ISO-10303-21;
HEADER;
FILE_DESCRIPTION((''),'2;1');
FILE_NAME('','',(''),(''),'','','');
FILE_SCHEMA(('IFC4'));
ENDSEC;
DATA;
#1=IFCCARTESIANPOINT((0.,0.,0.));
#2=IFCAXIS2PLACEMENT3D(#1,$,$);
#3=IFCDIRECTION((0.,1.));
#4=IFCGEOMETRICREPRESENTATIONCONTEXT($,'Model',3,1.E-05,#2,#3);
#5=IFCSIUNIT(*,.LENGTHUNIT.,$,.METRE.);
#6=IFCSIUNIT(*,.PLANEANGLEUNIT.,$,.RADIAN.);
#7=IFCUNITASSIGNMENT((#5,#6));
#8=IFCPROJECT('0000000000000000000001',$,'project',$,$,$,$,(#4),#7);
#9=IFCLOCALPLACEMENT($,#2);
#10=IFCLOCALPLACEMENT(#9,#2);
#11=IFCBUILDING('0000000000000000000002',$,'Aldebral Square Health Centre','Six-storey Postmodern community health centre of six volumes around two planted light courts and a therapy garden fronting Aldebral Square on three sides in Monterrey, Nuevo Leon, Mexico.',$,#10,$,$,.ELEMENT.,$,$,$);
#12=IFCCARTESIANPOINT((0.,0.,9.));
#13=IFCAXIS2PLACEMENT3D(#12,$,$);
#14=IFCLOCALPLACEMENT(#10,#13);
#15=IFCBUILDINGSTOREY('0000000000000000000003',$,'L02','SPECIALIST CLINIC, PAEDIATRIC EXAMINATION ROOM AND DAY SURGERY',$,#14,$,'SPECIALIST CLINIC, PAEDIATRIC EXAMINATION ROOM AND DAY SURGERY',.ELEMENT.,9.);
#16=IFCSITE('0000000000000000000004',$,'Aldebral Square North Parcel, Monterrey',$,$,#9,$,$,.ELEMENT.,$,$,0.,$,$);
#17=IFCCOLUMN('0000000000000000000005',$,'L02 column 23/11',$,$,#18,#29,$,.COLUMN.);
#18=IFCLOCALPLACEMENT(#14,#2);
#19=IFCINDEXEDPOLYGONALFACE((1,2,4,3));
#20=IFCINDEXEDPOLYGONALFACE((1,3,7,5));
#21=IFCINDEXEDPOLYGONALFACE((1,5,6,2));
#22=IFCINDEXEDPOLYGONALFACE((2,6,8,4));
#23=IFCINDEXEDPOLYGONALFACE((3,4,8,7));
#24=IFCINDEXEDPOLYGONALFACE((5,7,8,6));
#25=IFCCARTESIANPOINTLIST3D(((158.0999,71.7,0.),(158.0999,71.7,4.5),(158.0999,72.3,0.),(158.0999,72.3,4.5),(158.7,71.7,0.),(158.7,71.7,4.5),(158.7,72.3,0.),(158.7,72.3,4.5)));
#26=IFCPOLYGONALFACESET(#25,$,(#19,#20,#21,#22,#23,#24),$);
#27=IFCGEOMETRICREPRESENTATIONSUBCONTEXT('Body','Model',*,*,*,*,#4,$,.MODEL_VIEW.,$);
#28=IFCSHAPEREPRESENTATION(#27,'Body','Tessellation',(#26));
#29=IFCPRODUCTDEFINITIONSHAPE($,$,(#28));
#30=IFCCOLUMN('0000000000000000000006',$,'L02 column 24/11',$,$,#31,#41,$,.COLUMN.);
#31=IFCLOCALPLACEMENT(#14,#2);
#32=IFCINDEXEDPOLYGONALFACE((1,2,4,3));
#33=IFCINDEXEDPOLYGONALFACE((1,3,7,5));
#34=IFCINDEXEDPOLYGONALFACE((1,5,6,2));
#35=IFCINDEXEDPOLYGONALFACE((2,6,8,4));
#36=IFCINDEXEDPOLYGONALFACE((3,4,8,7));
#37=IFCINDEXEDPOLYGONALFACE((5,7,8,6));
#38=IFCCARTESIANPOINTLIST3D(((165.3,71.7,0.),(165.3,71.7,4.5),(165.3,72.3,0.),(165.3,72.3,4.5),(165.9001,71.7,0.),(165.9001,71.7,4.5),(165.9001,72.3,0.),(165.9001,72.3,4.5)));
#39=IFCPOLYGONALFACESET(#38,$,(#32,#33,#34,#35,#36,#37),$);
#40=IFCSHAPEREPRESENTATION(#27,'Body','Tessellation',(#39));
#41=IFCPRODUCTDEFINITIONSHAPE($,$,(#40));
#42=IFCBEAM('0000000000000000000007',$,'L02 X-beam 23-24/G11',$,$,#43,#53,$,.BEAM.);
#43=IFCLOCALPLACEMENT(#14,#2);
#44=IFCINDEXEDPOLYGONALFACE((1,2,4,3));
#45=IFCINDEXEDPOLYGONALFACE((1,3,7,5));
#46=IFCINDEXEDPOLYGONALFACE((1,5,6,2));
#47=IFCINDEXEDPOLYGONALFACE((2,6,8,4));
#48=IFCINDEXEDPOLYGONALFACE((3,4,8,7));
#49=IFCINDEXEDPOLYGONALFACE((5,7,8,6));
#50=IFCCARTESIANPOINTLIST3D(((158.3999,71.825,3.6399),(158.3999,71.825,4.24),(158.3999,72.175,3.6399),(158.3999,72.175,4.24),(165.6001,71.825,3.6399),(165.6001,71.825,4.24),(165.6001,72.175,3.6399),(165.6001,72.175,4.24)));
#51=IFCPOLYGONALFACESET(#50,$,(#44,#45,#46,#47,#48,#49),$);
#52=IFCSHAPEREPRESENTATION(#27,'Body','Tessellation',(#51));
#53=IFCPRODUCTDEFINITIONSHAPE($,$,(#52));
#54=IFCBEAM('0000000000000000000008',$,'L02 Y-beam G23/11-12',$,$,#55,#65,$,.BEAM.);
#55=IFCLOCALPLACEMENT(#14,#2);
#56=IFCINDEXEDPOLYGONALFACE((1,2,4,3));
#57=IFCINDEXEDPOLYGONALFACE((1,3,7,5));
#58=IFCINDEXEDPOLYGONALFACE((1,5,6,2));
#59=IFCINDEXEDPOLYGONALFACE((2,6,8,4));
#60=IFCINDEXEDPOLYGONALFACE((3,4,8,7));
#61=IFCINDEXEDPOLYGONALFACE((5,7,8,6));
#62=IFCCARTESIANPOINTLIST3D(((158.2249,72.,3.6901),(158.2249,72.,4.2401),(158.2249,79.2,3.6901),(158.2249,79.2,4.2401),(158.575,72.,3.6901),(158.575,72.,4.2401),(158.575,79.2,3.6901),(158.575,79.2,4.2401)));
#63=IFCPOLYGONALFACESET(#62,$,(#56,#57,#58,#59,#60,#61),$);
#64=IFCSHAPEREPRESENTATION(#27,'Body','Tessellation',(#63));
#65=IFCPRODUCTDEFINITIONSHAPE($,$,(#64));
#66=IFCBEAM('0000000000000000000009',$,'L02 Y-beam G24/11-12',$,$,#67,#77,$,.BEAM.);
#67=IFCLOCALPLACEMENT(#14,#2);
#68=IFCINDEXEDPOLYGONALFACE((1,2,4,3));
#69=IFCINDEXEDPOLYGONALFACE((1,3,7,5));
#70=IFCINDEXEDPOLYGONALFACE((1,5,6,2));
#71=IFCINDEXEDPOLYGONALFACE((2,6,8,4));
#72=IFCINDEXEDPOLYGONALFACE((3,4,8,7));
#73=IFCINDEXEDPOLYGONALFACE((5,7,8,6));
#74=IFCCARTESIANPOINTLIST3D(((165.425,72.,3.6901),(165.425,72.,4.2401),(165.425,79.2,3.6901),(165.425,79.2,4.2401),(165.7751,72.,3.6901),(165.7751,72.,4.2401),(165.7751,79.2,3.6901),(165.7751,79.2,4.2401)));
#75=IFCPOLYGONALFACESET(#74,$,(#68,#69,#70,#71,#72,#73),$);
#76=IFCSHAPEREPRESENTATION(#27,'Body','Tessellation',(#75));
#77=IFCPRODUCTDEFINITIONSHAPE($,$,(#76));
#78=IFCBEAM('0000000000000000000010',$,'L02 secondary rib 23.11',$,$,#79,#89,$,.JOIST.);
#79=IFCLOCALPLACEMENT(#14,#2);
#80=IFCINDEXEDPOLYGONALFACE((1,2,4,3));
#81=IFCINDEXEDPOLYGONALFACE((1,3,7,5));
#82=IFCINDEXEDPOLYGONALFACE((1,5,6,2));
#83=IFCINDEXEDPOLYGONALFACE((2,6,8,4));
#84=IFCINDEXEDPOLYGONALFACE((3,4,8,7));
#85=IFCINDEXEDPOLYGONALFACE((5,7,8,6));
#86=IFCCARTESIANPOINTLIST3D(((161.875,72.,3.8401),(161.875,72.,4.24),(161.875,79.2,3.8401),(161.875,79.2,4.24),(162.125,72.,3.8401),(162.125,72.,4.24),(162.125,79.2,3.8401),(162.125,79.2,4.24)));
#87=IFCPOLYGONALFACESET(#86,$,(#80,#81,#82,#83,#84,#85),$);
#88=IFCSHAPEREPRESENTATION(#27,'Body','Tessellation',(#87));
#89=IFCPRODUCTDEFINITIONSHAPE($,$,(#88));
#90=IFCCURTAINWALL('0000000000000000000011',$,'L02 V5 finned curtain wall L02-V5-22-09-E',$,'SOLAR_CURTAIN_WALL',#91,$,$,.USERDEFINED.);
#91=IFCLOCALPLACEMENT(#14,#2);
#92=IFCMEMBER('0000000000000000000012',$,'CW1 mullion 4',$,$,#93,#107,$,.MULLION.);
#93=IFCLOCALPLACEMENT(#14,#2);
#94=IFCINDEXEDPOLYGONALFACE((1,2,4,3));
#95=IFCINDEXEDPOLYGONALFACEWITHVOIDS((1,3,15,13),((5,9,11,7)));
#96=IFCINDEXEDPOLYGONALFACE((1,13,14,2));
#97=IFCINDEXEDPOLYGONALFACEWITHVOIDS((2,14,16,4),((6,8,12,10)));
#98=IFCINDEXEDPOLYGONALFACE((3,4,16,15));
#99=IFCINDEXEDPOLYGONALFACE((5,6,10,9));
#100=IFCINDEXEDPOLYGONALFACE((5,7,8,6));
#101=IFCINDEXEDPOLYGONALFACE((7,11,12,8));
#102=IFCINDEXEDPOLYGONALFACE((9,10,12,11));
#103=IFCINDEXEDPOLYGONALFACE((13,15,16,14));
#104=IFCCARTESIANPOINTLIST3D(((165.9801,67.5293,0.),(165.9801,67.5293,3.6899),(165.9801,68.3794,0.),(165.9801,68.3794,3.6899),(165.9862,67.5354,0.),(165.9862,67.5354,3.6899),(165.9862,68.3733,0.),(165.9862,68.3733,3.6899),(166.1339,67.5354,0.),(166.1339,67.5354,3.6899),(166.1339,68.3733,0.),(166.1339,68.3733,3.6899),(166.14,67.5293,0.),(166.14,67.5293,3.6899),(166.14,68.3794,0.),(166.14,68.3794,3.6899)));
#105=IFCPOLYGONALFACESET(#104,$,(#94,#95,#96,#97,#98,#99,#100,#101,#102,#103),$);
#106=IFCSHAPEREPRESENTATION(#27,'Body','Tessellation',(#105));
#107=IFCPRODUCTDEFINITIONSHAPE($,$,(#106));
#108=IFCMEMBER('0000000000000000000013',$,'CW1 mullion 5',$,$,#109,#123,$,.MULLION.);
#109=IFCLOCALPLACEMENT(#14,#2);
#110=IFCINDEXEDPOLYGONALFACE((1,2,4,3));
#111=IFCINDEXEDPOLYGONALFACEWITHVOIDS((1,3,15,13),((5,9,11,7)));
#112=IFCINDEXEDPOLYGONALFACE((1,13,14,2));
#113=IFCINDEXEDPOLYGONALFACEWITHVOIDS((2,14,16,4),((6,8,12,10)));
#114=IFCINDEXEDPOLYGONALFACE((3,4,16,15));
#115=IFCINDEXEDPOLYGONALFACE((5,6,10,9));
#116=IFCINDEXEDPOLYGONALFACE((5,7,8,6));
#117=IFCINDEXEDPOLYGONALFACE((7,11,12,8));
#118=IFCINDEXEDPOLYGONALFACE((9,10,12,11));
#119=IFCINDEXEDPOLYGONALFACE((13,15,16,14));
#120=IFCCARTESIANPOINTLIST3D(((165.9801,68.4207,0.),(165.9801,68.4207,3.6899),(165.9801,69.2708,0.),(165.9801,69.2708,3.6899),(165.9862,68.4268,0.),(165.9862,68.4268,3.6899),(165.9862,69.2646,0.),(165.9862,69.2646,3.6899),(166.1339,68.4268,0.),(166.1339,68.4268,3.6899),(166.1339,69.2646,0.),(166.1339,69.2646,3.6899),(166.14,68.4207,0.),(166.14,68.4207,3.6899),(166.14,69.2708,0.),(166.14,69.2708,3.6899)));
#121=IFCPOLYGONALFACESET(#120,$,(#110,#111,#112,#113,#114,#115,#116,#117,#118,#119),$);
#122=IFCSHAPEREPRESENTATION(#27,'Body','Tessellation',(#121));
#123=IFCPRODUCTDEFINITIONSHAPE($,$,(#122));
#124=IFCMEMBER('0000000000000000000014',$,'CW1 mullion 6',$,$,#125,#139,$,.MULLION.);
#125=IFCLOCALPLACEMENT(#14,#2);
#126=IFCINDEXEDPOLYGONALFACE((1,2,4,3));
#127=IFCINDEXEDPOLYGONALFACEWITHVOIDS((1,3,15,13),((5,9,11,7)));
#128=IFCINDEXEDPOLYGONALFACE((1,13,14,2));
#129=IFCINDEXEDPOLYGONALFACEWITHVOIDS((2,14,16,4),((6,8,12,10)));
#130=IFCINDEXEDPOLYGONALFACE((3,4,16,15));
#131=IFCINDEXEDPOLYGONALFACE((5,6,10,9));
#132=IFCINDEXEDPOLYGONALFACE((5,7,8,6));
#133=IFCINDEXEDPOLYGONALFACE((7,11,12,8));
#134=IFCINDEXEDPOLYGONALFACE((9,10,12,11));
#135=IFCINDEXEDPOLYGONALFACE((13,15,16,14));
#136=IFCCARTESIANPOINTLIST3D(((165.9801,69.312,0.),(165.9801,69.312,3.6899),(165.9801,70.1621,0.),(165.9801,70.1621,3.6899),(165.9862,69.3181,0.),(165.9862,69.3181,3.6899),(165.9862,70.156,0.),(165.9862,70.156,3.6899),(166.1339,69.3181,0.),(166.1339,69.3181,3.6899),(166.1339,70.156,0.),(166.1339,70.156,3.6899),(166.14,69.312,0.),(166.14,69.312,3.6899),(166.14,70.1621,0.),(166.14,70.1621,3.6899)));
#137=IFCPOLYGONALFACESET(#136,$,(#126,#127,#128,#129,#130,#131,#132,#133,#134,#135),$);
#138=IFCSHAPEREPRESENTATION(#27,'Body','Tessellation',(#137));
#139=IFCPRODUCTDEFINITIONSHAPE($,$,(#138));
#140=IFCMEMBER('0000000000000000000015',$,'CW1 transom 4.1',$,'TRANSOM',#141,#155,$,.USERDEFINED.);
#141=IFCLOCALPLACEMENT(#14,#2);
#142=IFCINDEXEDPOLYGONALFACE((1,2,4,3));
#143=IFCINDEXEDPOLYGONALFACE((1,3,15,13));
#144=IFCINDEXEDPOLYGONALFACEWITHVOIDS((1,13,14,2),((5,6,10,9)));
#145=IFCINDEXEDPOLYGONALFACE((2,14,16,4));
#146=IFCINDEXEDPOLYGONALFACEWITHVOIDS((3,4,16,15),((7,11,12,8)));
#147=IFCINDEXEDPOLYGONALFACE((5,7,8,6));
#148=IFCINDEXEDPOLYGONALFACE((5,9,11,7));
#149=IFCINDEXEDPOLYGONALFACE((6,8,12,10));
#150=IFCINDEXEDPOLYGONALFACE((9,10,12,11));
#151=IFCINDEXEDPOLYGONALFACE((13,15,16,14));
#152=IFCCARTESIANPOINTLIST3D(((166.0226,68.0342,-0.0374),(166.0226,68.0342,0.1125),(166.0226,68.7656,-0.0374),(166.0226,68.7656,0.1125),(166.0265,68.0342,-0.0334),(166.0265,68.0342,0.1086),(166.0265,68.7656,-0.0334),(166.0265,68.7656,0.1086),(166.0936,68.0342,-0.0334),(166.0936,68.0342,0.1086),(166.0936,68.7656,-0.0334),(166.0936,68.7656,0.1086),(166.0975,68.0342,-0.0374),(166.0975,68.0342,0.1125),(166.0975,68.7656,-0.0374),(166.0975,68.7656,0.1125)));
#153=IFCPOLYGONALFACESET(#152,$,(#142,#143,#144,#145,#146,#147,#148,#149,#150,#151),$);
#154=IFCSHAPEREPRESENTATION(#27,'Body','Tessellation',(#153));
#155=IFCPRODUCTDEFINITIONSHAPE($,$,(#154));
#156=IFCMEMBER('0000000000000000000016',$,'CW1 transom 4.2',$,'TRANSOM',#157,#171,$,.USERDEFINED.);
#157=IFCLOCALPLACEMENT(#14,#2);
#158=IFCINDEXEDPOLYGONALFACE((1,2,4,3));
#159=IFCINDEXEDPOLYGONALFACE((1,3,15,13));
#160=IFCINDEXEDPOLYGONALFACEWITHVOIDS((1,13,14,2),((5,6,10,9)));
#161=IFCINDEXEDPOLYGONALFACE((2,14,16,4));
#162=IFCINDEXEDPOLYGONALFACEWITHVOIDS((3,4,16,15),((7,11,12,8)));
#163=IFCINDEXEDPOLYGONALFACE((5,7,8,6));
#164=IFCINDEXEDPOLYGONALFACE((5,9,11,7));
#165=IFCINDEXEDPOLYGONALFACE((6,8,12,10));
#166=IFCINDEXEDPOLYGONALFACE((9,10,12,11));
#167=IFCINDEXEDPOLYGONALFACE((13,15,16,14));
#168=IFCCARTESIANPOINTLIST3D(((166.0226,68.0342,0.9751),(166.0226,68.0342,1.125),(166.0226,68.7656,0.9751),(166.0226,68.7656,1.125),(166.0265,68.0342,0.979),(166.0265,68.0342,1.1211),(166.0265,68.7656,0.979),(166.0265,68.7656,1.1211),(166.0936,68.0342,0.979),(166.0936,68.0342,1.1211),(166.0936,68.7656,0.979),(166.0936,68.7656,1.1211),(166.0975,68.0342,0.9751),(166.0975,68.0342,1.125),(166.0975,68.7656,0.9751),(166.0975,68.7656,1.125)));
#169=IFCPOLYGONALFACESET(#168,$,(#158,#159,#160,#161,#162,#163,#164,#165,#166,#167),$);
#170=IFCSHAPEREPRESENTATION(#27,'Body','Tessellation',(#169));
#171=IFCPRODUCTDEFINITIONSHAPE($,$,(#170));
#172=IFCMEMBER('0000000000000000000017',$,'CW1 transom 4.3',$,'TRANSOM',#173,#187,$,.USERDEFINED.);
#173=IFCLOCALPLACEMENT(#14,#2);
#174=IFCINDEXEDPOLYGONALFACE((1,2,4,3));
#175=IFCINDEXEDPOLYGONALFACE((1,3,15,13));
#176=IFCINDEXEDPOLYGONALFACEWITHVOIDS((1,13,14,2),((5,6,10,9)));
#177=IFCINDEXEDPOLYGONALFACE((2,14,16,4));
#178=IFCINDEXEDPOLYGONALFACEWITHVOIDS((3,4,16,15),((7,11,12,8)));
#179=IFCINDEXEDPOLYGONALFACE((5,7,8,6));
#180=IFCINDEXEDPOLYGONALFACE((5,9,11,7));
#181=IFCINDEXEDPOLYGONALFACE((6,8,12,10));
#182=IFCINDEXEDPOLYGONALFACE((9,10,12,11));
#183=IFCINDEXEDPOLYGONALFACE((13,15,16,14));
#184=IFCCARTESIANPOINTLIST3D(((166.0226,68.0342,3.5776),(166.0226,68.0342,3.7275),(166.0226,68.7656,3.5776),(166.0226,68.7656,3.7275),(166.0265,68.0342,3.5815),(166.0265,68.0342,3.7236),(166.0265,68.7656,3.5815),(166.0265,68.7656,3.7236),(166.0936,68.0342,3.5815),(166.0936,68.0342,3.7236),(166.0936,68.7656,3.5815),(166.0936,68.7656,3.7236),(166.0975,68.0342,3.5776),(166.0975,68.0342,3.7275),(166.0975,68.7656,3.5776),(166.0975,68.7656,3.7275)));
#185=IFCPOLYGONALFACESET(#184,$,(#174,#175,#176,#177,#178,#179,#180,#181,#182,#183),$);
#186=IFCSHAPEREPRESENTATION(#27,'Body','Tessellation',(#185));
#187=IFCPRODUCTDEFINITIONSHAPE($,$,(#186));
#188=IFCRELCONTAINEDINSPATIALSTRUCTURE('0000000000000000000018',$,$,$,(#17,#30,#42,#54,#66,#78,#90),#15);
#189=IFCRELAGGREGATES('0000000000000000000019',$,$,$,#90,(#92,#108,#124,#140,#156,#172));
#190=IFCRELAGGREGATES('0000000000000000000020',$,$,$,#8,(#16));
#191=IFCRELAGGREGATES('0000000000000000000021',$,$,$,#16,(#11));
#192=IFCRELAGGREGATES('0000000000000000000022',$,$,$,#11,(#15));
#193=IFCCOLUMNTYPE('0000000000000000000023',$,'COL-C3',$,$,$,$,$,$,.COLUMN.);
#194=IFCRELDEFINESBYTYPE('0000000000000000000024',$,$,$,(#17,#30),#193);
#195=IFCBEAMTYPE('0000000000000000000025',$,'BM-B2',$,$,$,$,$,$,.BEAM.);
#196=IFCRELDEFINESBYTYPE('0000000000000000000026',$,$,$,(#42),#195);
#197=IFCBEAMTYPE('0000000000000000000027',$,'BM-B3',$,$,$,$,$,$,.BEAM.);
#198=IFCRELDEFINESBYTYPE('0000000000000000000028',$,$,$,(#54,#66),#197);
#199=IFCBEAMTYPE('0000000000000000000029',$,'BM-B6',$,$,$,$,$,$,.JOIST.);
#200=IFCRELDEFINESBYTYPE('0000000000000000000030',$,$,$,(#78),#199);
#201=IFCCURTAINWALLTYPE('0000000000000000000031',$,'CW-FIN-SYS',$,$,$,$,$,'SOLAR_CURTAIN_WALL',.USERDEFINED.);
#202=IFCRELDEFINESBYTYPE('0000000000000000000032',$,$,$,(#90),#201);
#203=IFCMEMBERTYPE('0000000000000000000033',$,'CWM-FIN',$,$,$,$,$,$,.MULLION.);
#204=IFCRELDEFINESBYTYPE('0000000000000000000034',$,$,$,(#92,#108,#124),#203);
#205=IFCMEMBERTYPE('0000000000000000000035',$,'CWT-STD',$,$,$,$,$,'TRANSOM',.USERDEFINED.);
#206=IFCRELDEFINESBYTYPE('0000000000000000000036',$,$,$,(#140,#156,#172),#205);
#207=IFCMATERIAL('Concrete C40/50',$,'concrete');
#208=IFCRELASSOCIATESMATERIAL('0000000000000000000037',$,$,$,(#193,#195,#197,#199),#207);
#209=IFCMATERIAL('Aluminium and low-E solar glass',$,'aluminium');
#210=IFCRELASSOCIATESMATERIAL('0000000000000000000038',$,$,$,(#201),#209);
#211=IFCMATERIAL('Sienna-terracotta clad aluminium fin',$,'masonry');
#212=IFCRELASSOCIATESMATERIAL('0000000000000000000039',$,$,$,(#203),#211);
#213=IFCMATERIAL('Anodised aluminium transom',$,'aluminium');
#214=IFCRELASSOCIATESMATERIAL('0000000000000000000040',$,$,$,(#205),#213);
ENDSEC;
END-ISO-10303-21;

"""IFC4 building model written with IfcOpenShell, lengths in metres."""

from ifc_helpers import new_model, si_unit, direction, frame, origin, origin_2d, place, context, subcontext, project, spatial, rectangle, hollow_rectangle, extrude, material, material_profile, profile_set, type_object, element, aggregate, save


model = new_model("IFC4")

# Units and contexts
model_context = context("Model", 3, precision=1e-05, world=origin(), true_north=direction((0.0, 1.0)))
body_context = subcontext(model_context, "Body", "Model", "MODEL_VIEW")
ifc_project = project(units=[si_unit("LENGTHUNIT", "METRE"), si_unit("PLANEANGLEUNIT", "RADIAN")], contexts=[model_context])

# Site, building, storey
site_placement = place(None, origin())
site = spatial("IfcSite", under=ifc_project, at=site_placement, Name="Aldebral Square North Parcel, Monterrey", CompositionType="ELEMENT", RefElevation=0.0)
building_placement = place(site_placement, origin())
building = spatial("IfcBuilding", under=site, at=building_placement, Name="Aldebral Square Health Centre", Description="Six-storey Postmodern community health centre of six volumes around two planted light courts and a therapy garden fronting Aldebral Square on three sides in Monterrey, Nuevo Leon, Mexico.", CompositionType="ELEMENT")
storey_placement = place(building_placement, frame((0.0, 0.0, 9.0)))
storey = spatial("IfcBuildingStorey", under=building, at=storey_placement, Name="L02", Description="SPECIALIST CLINIC, PAEDIATRIC EXAMINATION ROOM AND DAY SURGERY", LongName="SPECIALIST CLINIC, PAEDIATRIC EXAMINATION ROOM AND DAY SURGERY", CompositionType="ELEMENT", Elevation=9.0)

# Columns
ifc_material_1 = material(Name="Concrete C40/50", Category="concrete")
ifc_material_profile_1 = material_profile(ifc_material_1, rectangle(XDim=0.6001, YDim=0.6001, at=origin_2d()), Name="RC 600x600")
ifc_profile_set_1 = profile_set([ifc_material_profile_1], Name="Concrete C40/50")
column_type = type_object("IfcColumnType", Name="COL-C3", PredefinedType="COLUMN", material=ifc_profile_set_1)
for number, where, z_axis, x_axis, name in (
    (1, (158.3999, 72.0, 0.0), (0.0, 0.0, 1.0), (1.0, 0.0, 0.0), "L02 column 23/11"),
    (2, (165.6001, 72.0, 0.0), (0.0, 0.0, 1.0), (1.0, 0.0, 0.0), "L02 column 24/11"),
):
    element("IfcColumn", number, at=place(storey_placement, frame(where, z_axis=z_axis, x_axis=x_axis)), inside=storey, type_object=column_type, Name=name, PredefinedType="COLUMN", context=body_context, shape_type="SweptSolid", body=[
        extrude(rectangle(XDim=0.6001, YDim=0.6001, at=origin_2d()), origin(), (0.0, 0.0, 1.0), 4.5),
    ])

# Beams
ifc_material_profile_2 = material_profile(ifc_material_1, rectangle(XDim=0.3501, YDim=0.6001, at=origin_2d()), Name="RC 350x600")
ifc_profile_set_2 = profile_set([ifc_material_profile_2], Name="Concrete C40/50")
beam_type_1 = type_object("IfcBeamType", Name="BM-B2", PredefinedType="BEAM", material=ifc_profile_set_2)
beam_1_placement = place(storey_placement, frame((158.3999, 72.0, 3.9399), z_axis=(1.0, 0.0, 0.0), x_axis=(0.0, 1.0, 0.0)))
element("IfcBeam", 3, at=beam_1_placement, inside=storey, type_object=beam_type_1, Name="L02 X-beam 23-24/G11", PredefinedType="BEAM", context=body_context, shape_type="SweptSolid", body=[
    extrude(rectangle(XDim=0.3501, YDim=0.6001, at=origin_2d()), origin(), (0.0, 0.0, 1.0), 7.2002),
])
ifc_material_profile_3 = material_profile(ifc_material_1, rectangle(XDim=0.3501, YDim=0.55, at=origin_2d()), Name="RC 350x550")
ifc_profile_set_3 = profile_set([ifc_material_profile_3], Name="Concrete C40/50")
beam_type_2 = type_object("IfcBeamType", Name="BM-B3", PredefinedType="BEAM", material=ifc_profile_set_3)
for number, where, z_axis, x_axis, name in (
    (4, (158.3999, 72.0, 3.9651), (0.0, 1.0, 0.0), (-1.0, 0.0, 0.0), "L02 Y-beam G23/11-12"),
    (5, (165.6001, 72.0, 3.9651), (0.0, 1.0, 0.0), (-1.0, 0.0, 0.0), "L02 Y-beam G24/11-12"),
):
    element("IfcBeam", number, at=place(storey_placement, frame(where, z_axis=z_axis, x_axis=x_axis)), inside=storey, type_object=beam_type_2, Name=name, PredefinedType="BEAM", context=body_context, shape_type="SweptSolid", body=[
        extrude(rectangle(XDim=0.3501, YDim=0.55, at=origin_2d()), origin(), (0.0, 0.0, 1.0), 7.2),
    ])
ifc_material_profile_4 = material_profile(ifc_material_1, rectangle(XDim=0.25, YDim=0.3999, at=origin_2d()), Name="RC 250x400")
ifc_profile_set_4 = profile_set([ifc_material_profile_4], Name="Concrete C40/50")
beam_type_3 = type_object("IfcBeamType", Name="BM-B6", PredefinedType="JOIST", material=ifc_profile_set_4)
beam_2_placement = place(storey_placement, frame((162.0, 72.0, 4.04), z_axis=(0.0, 1.0, 0.0), x_axis=(-1.0, 0.0, 0.0)))
element("IfcBeam", 6, at=beam_2_placement, inside=storey, type_object=beam_type_3, Name="L02 secondary rib 23.11", PredefinedType="JOIST", context=body_context, shape_type="SweptSolid", body=[
    extrude(rectangle(XDim=0.25, YDim=0.3999, at=origin_2d()), origin(), (0.0, 0.0, 1.0), 7.2),
])

# Curtain wall, members
ifc_material_2 = material(Name="Aluminium and low-E solar glass", Category="aluminium")
curtain_wall_type = type_object("IfcCurtainWallType", Name="CW-FIN-SYS", ElementType="SOLAR_CURTAIN_WALL", PredefinedType="USERDEFINED", material=ifc_material_2)
curtain_wall_1_placement = place(storey_placement, origin())
curtain_wall_1 = element("IfcCurtainWall", 7, at=curtain_wall_1_placement, inside=storey, type_object=curtain_wall_type, Name="L02 V5 finned curtain wall L02-V5-22-09-E", ObjectType="SOLAR_CURTAIN_WALL", PredefinedType="USERDEFINED")
ifc_material_3 = material(Name="Sienna-terracotta clad aluminium fin", Category="masonry")
ifc_material_profile_5 = material_profile(ifc_material_3, hollow_rectangle(XDim=0.1599, YDim=0.8501, WallThickness=0.0061, at=origin_2d()), Name="FIN 160x850x6")
ifc_profile_set_5 = profile_set([ifc_material_profile_5], Name="Sienna-terracotta clad aluminium fin")
member_type_1 = type_object("IfcMemberType", Name="CWM-FIN", PredefinedType="MULLION", material=ifc_profile_set_5)
member_1_placement = place(storey_placement, frame((166.0601, 67.9543, 0.0), z_axis=(0.0, 0.0, 1.0), x_axis=(-1.0, 0.0, 0.0)))
member_1 = element("IfcMember", 8, at=member_1_placement, type_object=member_type_1, Name="CW1 mullion 4", PredefinedType="MULLION", context=body_context, shape_type="SweptSolid", body=[
    extrude(hollow_rectangle(XDim=0.1599, YDim=0.8501, WallThickness=0.0061, at=origin_2d()), origin(), (0.0, 0.0, 1.0), 3.6899),
])
member_2_placement = place(storey_placement, frame((166.0601, 68.8457, 0.0), z_axis=(0.0, 0.0, 1.0), x_axis=(-1.0, 0.0, 0.0)))
member_2 = element("IfcMember", 9, at=member_2_placement, type_object=member_type_1, Name="CW1 mullion 5", PredefinedType="MULLION", context=body_context, shape_type="SweptSolid", body=[
    extrude(hollow_rectangle(XDim=0.1599, YDim=0.8501, WallThickness=0.0061, at=origin_2d()), origin(), (0.0, 0.0, 1.0), 3.6899),
])
member_3_placement = place(storey_placement, frame((166.0601, 69.7371, 0.0), z_axis=(0.0, 0.0, 1.0), x_axis=(-1.0, 0.0, 0.0)))
member_3 = element("IfcMember", 10, at=member_3_placement, type_object=member_type_1, Name="CW1 mullion 6", PredefinedType="MULLION", context=body_context, shape_type="SweptSolid", body=[
    extrude(hollow_rectangle(XDim=0.1599, YDim=0.8501, WallThickness=0.0061, at=origin_2d()), origin(), (0.0, 0.0, 1.0), 3.6899),
])
ifc_material_4 = material(Name="Anodised aluminium transom", Category="aluminium")
ifc_material_profile_6 = material_profile(ifc_material_4, hollow_rectangle(XDim=0.075, YDim=0.1499, WallThickness=0.0039, at=origin_2d()), Name="CWT 75x150x4")
ifc_profile_set_6 = profile_set([ifc_material_profile_6], Name="Anodised aluminium transom")
member_type_2 = type_object("IfcMemberType", Name="CWT-STD", ElementType="TRANSOM", PredefinedType="USERDEFINED", material=ifc_profile_set_6)
member_4_placement = place(storey_placement, frame((166.0601, 68.0342, 0.0376), z_axis=(0.0, 1.0, 0.0), x_axis=(-1.0, 0.0, 0.0)))
member_4 = element("IfcMember", 11, at=member_4_placement, type_object=member_type_2, Name="CW1 transom 4.1", ObjectType="TRANSOM", PredefinedType="USERDEFINED", context=body_context, shape_type="SweptSolid", body=[
    extrude(hollow_rectangle(XDim=0.075, YDim=0.1499, WallThickness=0.0039, at=origin_2d()), origin(), (0.0, 0.0, 1.0), 0.7314),
])
member_5_placement = place(storey_placement, frame((166.0601, 68.0342, 1.05), z_axis=(0.0, 1.0, 0.0), x_axis=(-1.0, 0.0, 0.0)))
member_5 = element("IfcMember", 12, at=member_5_placement, type_object=member_type_2, Name="CW1 transom 4.2", ObjectType="TRANSOM", PredefinedType="USERDEFINED", context=body_context, shape_type="SweptSolid", body=[
    extrude(hollow_rectangle(XDim=0.075, YDim=0.1499, WallThickness=0.0039, at=origin_2d()), origin(), (0.0, 0.0, 1.0), 0.7314),
])
member_6_placement = place(storey_placement, frame((166.0601, 68.0342, 3.6526), z_axis=(0.0, 1.0, 0.0), x_axis=(-1.0, 0.0, 0.0)))
member_6 = element("IfcMember", 13, at=member_6_placement, type_object=member_type_2, Name="CW1 transom 4.3", ObjectType="TRANSOM", PredefinedType="USERDEFINED", context=body_context, shape_type="SweptSolid", body=[
    extrude(hollow_rectangle(XDim=0.075, YDim=0.1499, WallThickness=0.0039, at=origin_2d()), origin(), (0.0, 0.0, 1.0), 0.7314),
])
aggregate(curtain_wall_1, [member_1, member_2, member_3, member_4, member_5, member_6])

save(model, "model.ifc")
